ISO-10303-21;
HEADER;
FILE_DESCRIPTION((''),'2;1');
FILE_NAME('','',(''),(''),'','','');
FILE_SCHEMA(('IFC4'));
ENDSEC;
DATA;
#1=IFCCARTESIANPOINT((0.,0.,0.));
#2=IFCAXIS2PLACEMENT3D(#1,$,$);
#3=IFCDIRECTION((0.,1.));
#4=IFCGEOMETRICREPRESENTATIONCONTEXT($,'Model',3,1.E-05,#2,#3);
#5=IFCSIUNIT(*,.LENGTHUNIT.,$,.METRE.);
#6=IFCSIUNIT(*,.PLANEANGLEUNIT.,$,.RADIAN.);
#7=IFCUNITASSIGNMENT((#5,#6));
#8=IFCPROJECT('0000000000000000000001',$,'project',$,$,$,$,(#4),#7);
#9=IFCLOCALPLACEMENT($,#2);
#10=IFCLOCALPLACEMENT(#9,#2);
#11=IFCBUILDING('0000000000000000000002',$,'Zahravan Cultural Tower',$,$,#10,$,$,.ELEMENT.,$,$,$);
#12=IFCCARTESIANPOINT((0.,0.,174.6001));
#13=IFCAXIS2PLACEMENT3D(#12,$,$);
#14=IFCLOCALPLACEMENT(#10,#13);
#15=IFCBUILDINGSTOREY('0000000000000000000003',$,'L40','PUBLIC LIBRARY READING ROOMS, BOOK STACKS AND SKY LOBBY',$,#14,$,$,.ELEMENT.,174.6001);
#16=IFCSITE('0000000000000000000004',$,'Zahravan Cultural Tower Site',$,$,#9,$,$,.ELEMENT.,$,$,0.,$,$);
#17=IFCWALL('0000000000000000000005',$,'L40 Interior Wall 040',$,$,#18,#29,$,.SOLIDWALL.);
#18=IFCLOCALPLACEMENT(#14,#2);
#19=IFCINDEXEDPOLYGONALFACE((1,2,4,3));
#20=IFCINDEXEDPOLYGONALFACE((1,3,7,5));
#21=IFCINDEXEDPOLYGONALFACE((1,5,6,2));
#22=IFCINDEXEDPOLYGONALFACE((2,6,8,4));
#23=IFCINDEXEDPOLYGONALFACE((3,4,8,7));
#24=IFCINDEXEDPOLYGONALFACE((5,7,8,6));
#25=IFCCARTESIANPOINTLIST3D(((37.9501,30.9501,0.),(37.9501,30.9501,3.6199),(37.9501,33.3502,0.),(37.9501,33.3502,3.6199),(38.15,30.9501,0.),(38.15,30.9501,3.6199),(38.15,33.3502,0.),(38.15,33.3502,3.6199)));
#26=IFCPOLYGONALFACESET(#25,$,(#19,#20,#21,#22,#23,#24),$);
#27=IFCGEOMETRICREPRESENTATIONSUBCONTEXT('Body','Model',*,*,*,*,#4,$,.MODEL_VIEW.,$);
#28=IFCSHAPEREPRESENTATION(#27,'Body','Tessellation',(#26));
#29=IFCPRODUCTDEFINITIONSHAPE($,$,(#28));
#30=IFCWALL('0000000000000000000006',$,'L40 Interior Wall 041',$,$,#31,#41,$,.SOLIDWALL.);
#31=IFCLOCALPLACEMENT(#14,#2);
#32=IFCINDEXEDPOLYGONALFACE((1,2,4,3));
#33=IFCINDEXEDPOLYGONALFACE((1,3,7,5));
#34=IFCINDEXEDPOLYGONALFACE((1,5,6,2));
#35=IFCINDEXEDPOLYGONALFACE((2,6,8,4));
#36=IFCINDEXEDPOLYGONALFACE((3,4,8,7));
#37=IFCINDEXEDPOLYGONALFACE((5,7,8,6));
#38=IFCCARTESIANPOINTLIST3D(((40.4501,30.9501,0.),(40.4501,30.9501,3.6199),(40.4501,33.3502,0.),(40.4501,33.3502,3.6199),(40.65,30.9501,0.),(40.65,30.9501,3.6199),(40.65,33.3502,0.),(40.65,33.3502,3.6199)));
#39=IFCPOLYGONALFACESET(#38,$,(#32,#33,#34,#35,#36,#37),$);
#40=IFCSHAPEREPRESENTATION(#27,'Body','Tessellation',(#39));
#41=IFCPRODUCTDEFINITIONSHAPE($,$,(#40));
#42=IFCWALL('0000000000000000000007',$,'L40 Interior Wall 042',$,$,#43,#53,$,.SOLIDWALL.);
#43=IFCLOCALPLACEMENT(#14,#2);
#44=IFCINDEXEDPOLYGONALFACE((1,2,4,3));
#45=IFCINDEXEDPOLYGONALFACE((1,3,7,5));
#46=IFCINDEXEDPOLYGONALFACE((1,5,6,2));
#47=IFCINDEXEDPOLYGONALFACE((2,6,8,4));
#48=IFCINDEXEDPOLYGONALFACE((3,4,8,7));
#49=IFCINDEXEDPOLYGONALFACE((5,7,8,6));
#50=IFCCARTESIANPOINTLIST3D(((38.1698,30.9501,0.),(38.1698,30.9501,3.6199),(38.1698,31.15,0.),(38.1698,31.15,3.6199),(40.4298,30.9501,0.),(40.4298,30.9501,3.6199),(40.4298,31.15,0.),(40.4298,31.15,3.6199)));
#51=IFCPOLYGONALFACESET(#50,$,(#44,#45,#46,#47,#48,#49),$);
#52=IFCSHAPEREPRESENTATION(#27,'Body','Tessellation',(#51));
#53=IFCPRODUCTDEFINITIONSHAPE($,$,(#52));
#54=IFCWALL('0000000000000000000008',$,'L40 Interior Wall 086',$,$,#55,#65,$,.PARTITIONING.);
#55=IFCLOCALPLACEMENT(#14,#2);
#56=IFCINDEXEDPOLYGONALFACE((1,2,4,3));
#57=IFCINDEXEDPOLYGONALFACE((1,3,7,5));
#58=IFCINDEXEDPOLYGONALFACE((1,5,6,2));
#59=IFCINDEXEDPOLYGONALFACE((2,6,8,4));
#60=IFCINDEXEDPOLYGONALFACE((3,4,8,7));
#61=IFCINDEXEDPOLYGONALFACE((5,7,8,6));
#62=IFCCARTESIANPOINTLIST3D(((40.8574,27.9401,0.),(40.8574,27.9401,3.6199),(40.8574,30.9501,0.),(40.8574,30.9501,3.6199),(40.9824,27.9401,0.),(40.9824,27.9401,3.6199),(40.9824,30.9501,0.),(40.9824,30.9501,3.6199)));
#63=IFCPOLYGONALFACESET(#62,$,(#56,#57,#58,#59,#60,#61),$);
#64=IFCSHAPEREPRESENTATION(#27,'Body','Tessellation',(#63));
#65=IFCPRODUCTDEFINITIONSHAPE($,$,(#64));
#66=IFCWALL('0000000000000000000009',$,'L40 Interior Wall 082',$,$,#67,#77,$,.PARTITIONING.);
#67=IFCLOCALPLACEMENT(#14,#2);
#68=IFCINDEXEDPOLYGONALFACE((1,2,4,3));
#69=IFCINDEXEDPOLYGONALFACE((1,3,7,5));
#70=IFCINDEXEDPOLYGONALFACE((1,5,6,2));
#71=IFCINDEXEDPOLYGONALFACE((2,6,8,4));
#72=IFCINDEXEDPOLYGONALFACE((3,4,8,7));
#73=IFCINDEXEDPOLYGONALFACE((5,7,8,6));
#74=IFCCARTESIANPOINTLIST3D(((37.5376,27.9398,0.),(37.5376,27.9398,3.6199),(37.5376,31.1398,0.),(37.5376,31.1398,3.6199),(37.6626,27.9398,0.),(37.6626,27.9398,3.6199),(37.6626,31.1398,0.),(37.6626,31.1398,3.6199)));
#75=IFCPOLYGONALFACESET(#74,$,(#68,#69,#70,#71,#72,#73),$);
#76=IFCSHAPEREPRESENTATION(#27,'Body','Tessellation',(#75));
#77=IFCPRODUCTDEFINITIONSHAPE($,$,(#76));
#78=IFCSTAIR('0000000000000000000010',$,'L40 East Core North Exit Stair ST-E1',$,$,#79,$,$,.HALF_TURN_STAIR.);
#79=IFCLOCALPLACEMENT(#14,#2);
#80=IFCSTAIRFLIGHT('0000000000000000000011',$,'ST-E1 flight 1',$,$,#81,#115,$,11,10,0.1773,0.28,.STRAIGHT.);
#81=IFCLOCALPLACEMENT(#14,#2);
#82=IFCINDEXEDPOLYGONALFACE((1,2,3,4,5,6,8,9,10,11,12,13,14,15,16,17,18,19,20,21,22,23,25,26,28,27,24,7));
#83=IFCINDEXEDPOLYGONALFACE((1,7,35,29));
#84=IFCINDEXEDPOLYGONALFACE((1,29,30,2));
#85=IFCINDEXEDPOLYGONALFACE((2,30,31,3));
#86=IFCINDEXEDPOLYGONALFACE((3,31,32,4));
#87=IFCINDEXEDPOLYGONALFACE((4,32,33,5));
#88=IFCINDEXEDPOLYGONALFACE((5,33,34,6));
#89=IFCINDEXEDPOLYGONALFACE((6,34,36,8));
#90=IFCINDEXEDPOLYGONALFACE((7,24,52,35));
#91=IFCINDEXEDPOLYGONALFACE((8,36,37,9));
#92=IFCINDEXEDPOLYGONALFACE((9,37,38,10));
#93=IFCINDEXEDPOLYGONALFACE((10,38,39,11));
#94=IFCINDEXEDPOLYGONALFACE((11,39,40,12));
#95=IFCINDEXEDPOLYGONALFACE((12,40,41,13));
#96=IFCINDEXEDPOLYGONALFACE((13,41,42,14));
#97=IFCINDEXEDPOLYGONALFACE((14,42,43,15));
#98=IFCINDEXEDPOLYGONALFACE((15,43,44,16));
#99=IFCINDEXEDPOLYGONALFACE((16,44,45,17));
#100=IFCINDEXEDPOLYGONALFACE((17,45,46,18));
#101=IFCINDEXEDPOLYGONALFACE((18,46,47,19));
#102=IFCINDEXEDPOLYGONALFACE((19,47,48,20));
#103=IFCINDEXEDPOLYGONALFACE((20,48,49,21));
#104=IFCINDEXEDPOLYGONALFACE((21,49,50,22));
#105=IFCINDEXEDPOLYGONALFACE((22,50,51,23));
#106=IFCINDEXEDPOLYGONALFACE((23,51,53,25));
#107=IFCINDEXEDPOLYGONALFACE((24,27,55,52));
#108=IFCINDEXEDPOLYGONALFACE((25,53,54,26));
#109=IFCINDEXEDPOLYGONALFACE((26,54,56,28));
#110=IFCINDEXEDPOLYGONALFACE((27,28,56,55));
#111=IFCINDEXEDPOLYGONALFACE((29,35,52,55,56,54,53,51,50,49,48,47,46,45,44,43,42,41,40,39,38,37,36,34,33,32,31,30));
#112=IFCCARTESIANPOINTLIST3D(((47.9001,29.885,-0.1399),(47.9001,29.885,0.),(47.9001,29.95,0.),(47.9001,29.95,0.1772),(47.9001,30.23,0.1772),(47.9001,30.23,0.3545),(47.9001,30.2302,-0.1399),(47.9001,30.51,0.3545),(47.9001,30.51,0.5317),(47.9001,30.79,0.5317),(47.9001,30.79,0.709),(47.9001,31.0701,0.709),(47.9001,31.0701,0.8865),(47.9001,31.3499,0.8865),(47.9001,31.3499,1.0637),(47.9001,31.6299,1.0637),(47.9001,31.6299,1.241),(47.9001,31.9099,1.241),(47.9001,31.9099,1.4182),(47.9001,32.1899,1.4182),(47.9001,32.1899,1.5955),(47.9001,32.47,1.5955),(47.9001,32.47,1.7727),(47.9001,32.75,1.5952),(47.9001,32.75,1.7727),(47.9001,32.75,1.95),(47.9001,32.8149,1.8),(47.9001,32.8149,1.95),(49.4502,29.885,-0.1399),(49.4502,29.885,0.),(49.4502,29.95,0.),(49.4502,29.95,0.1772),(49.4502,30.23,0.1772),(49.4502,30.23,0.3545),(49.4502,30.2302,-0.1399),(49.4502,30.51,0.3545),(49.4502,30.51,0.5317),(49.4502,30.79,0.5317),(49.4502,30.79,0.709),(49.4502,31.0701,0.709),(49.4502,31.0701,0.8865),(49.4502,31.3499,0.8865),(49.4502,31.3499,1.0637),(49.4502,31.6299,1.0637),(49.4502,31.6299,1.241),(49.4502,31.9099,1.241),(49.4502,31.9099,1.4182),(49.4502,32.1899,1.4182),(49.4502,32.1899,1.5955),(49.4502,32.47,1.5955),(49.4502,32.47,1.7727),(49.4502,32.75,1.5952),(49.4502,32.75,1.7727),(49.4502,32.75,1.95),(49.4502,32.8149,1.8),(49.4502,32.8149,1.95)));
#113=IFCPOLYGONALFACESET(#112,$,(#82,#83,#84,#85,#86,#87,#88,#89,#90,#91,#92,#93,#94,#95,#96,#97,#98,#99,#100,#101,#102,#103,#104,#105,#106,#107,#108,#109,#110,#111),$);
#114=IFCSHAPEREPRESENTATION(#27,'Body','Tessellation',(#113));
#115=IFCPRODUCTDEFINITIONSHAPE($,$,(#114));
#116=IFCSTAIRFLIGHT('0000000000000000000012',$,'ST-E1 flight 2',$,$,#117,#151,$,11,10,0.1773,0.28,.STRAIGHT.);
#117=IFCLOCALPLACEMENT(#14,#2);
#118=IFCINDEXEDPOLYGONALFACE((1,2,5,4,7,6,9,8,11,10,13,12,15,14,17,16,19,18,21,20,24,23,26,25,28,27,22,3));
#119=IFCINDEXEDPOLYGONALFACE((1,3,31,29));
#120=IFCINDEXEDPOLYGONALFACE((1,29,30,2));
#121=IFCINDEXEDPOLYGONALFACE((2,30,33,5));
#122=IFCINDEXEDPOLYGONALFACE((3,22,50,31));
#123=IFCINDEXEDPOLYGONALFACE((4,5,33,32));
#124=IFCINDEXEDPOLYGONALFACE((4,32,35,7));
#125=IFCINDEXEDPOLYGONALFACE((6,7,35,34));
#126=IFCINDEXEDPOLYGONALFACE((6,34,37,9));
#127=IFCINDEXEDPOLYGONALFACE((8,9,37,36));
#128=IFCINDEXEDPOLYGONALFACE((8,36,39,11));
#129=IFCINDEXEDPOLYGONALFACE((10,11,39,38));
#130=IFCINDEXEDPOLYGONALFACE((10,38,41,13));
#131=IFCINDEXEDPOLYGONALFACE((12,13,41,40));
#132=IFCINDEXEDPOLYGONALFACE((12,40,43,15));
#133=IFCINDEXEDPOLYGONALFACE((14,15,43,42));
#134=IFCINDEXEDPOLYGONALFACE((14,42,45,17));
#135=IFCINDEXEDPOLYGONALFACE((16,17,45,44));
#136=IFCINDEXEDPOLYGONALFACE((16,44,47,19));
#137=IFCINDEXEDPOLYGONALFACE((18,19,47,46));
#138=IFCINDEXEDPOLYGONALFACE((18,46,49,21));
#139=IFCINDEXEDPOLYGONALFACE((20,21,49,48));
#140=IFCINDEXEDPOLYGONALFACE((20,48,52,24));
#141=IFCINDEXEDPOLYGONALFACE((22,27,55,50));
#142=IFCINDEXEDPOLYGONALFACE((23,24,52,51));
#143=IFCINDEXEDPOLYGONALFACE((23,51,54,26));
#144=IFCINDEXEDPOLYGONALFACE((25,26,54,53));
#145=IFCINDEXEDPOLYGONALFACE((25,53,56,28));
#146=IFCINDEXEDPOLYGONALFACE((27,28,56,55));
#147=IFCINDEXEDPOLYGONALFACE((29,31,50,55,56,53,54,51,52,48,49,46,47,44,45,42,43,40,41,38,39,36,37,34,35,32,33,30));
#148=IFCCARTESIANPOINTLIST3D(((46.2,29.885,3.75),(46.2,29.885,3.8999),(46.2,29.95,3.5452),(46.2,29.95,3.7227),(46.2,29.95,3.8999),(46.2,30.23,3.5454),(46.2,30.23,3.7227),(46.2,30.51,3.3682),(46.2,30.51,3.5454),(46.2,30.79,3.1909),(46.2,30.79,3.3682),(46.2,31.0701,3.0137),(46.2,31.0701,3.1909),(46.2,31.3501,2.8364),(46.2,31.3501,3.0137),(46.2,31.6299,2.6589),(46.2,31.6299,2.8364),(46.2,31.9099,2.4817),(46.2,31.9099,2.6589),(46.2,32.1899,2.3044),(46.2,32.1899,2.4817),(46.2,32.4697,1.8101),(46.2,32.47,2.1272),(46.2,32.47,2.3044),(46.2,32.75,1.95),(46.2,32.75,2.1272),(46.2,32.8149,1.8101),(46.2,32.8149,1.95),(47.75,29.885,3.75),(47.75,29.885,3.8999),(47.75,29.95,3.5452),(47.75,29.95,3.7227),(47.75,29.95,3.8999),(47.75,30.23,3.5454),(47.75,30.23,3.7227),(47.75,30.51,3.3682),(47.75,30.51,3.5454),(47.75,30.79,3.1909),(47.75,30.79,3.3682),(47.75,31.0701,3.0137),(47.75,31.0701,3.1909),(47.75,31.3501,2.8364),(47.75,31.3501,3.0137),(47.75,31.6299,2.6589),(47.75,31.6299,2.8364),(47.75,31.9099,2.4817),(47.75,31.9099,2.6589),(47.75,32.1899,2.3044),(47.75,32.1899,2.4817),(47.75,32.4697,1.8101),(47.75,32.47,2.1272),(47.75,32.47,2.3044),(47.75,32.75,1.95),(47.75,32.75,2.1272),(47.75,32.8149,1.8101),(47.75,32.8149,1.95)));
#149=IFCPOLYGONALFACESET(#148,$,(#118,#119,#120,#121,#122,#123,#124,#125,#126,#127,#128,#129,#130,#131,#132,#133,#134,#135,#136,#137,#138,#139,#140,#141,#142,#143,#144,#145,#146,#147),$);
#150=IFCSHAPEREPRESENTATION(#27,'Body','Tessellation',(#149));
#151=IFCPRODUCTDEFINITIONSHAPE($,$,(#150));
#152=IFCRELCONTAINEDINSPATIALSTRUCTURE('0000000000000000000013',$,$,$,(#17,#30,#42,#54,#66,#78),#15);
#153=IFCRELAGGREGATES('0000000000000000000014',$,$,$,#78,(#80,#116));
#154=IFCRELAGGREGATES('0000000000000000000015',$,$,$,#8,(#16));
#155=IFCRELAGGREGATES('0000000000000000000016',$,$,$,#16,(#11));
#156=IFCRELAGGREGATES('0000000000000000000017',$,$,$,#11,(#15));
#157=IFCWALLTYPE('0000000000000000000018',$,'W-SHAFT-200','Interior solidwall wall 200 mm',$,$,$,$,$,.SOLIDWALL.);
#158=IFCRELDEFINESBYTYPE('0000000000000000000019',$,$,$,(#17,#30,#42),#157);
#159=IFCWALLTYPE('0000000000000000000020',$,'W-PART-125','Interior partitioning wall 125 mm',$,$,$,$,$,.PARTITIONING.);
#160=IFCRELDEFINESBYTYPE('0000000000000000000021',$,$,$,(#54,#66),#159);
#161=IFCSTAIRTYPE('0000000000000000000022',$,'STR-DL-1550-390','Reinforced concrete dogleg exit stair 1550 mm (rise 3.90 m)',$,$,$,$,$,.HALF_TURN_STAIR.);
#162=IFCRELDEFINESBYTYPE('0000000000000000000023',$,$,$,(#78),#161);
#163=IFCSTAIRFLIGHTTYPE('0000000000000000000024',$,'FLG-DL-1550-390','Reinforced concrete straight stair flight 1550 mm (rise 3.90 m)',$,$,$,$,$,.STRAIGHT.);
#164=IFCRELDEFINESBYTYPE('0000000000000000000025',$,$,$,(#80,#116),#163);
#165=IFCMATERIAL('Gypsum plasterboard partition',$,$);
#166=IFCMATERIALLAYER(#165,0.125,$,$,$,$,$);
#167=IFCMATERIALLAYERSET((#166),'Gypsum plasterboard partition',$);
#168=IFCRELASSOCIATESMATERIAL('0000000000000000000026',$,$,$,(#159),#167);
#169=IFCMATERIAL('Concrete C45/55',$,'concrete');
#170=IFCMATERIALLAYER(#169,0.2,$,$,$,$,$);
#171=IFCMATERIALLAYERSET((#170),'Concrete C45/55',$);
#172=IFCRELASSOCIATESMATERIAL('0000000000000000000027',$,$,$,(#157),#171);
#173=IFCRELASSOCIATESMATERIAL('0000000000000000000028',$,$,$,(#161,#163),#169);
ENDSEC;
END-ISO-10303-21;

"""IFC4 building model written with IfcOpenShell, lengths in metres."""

from ifc_helpers import new_model, si_unit, direction, frame, frame_2d, origin, place, context, subcontext, project, spatial, polyline, rectangle, outline, extrude, source, transform, mapped, material, layer, layer_set, type_object, element, aggregate, save


model = new_model("IFC4")

# Units and contexts
model_context = context("Model", 3, precision=1e-05, world=origin(), true_north=direction((0.0, 1.0)))
body_context = subcontext(model_context, "Body", "Model", "MODEL_VIEW")
ifc_project = project(units=[si_unit("LENGTHUNIT", "METRE"), si_unit("PLANEANGLEUNIT", "RADIAN")], contexts=[model_context])

# Site, building, storey
site_placement = place(None, origin())
site = spatial("IfcSite", under=ifc_project, at=site_placement, Name="Zahravan Cultural Tower Site", CompositionType="ELEMENT", RefElevation=0.0)
building_placement = place(site_placement, origin())
building = spatial("IfcBuilding", under=site, at=building_placement, Name="Zahravan Cultural Tower", CompositionType="ELEMENT")
storey_placement = place(building_placement, frame((0.0, 0.0, 174.6001)))
storey = spatial("IfcBuildingStorey", under=building, at=storey_placement, Name="L40", Description="PUBLIC LIBRARY READING ROOMS, BOOK STACKS AND SKY LOBBY", CompositionType="ELEMENT", Elevation=174.6001)

# Shared definitions
ifc_material_1 = material(Name="Gypsum plasterboard partition")
ifc_layer_1 = layer(ifc_material_1, 0.125)
ifc_layer_set_1 = layer_set([ifc_layer_1], Name="Gypsum plasterboard partition")
wall_type_1 = type_object("IfcWallType", Name="W-PART-125", Description="Interior partitioning wall 125 mm", PredefinedType="PARTITIONING", material=ifc_layer_set_1)
ifc_material_2 = material(Name="Concrete C45/55", Category="concrete")
ifc_layer_2 = layer(ifc_material_2, 0.2)
ifc_layer_set_2 = layer_set([ifc_layer_2], Name="Concrete C45/55")
wall_type_2 = type_object("IfcWallType", Name="W-SHAFT-200", Description="Interior solidwall wall 200 mm", PredefinedType="SOLIDWALL", material=ifc_layer_set_2)

# Walls
shared_shape_1 = source(origin(), body_context, "Body", "SweptSolid", [
    extrude(rectangle(XDim=2.4001, YDim=0.2, at=frame_2d((1.2002, 0.0))), origin(), (0.0, 0.0, 1.0), 3.6199),
])
for number, where, z_axis, x_axis, name in (
    (1, (38.05, 30.95, 0.0), (0.0, 0.0, 1.0), (0.0, 1.0, 0.0), "L40 Interior Wall 040"),
    (2, (40.55, 30.95, 0.0), (0.0, 0.0, 1.0), (0.0, 1.0, 0.0), "L40 Interior Wall 041"),
):
    element("IfcWall", number, at=place(storey_placement, frame(where, z_axis=z_axis, x_axis=x_axis)), inside=storey, type_object=wall_type_2, Name=name, PredefinedType="SOLIDWALL", context=body_context, shape_type="MappedRepresentation", body=[
        mapped(shared_shape_1, transform((0.0, 0.0, 0.0), x_axis=(1.0, 0.0, 0.0), y_axis=(0.0, 1.0, 0.0), z_axis=(0.0, 0.0, 1.0), scale=1.0)),
    ])
shared_shape_2 = source(origin(), body_context, "Body", "SweptSolid", [
    extrude(rectangle(XDim=2.26, YDim=0.2, at=frame_2d((1.1299, 0.0))), origin(), (0.0, 0.0, 1.0), 3.6199),
])
wall_1_placement = place(storey_placement, frame((38.1699, 31.05, 0.0), z_axis=(0.0, 0.0, 1.0), x_axis=(1.0, 0.0, 0.0)))
element("IfcWall", 3, at=wall_1_placement, inside=storey, type_object=wall_type_2, Name="L40 Interior Wall 042", PredefinedType="SOLIDWALL", context=body_context, shape_type="MappedRepresentation", body=[
    mapped(shared_shape_2, transform((0.0, 0.0, 0.0), x_axis=(1.0, 0.0, 0.0), y_axis=(0.0, 1.0, 0.0), z_axis=(0.0, 0.0, 1.0), scale=1.0)),
])
shared_shape_3 = source(origin(), body_context, "Body", "SweptSolid", [
    extrude(rectangle(XDim=3.01, YDim=0.125, at=frame_2d((1.5049, 0.0))), origin(), (0.0, 0.0, 1.0), 3.6199),
])
wall_2_placement = place(storey_placement, frame((40.9199, 30.95, 0.0), z_axis=(0.0, 0.0, 1.0), x_axis=(0.0, -1.0, 0.0)))
element("IfcWall", 4, at=wall_2_placement, inside=storey, type_object=wall_type_1, Name="L40 Interior Wall 086", PredefinedType="PARTITIONING", context=body_context, shape_type="MappedRepresentation", body=[
    mapped(shared_shape_3, transform((0.0, 0.0, 0.0), x_axis=(1.0, 0.0, 0.0), y_axis=(0.0, 1.0, 0.0), z_axis=(0.0, 0.0, 1.0), scale=1.0)),
])
shared_shape_4 = source(origin(), body_context, "Body", "SweptSolid", [
    extrude(rectangle(XDim=3.2, YDim=0.125, at=frame_2d((1.6001, 0.0))), origin(), (0.0, 0.0, 1.0), 3.6199),
])
wall_3_placement = place(storey_placement, frame((37.6001, 31.1399, 0.0), z_axis=(0.0, 0.0, 1.0), x_axis=(0.0, -1.0, 0.0)))
element("IfcWall", 5, at=wall_3_placement, inside=storey, type_object=wall_type_1, Name="L40 Interior Wall 082", PredefinedType="PARTITIONING", context=body_context, shape_type="MappedRepresentation", body=[
    mapped(shared_shape_4, transform((0.0, 0.0, 0.0), x_axis=(1.0, 0.0, 0.0), y_axis=(0.0, 1.0, 0.0), z_axis=(0.0, 0.0, 1.0), scale=1.0)),
])

# Stair, stair flights
stair_type = type_object("IfcStairType", Name="STR-DL-1550-390", Description="Reinforced concrete dogleg exit stair 1550 mm (rise 3.90 m)", PredefinedType="HALF_TURN_STAIR", material=ifc_material_2)
stair_placement = place(storey_placement, origin())
stair = element("IfcStair", 6, at=stair_placement, inside=storey, type_object=stair_type, Name="L40 East Core North Exit Stair ST-E1", PredefinedType="HALF_TURN_STAIR")
stair_flight_type = type_object("IfcStairFlightType", Name="FLG-DL-1550-390", Description="Reinforced concrete straight stair flight 1550 mm (rise 3.90 m)", PredefinedType="STRAIGHT", material=ifc_material_2)
stair_flight_1_placement = place(storey_placement, frame((48.675, 29.95, 0.0), z_axis=(0.0, 0.0, 1.0), x_axis=(0.0, 1.0, 0.0)))
stair_flight_1 = element("IfcStairFlight", 7, at=stair_flight_1_placement, type_object=stair_flight_type, Name="ST-E1 flight 1", NumberOfRisers=11, NumberOfTreads=10, PredefinedType="STRAIGHT", RiserHeight=0.1773, TreadLength=0.28, context=body_context, shape_type="SweptSolid", body=[
    extrude(outline(polyline([(-0.0649, -0.1399), (-0.0649, 0.0), (0.0, 0.0), (0.0, 0.1772), (0.28, 0.1772), (0.28, 0.3545), (0.5601, 0.3545), (0.5601, 0.5317), (0.8401, 0.5317), (0.8401, 0.709), (1.1201, 0.709), (1.1201, 0.8865), (1.3999, 0.8865), (1.3999, 1.0637), (1.6799, 1.0637), (1.6799, 1.241), (1.96, 1.241), (1.96, 1.4182), (2.24, 1.4182), (2.24, 1.5955), (2.52, 1.5955), (2.52, 1.7727), (2.8, 1.7727), (2.8, 1.95), (2.865, 1.95), (2.865, 1.8), (2.8, 1.5952), (0.2803, -0.1399), (-0.0649, -0.1399)])), frame((0.0, 0.7749, 0.0), z_axis=(0.0, -1.0, 0.0), x_axis=(1.0, 0.0, 0.0)), (0.0, 0.0, 1.0), 1.55),
])
stair_flight_2_placement = place(storey_placement, frame((46.9751, 32.75, 1.95), z_axis=(0.0, 0.0, 1.0), x_axis=(0.0, -1.0, 0.0)))
stair_flight_2 = element("IfcStairFlight", 8, at=stair_flight_2_placement, type_object=stair_flight_type, Name="ST-E1 flight 2", NumberOfRisers=11, NumberOfTreads=10, PredefinedType="STRAIGHT", RiserHeight=0.1773, TreadLength=0.28, context=body_context, shape_type="SweptSolid", body=[
    extrude(outline(polyline([(-0.0649, -0.1399), (-0.0649, 0.0), (0.0, 0.0), (0.0, 0.1772), (0.28, 0.1772), (0.28, 0.3545), (0.5601, 0.3545), (0.5601, 0.5317), (0.8401, 0.5317), (0.8401, 0.709), (1.1201, 0.709), (1.1201, 0.8865), (1.3999, 0.8865), (1.3999, 1.0637), (1.6799, 1.0637), (1.6799, 1.241), (1.96, 1.241), (1.96, 1.4182), (2.24, 1.4182), (2.24, 1.5955), (2.52, 1.5955), (2.52, 1.7727), (2.8, 1.7727), (2.8, 1.95), (2.865, 1.95), (2.865, 1.8), (2.8, 1.5952), (0.2803, -0.1399), (-0.0649, -0.1399)])), frame((0.0, 0.7749, 0.0), z_axis=(0.0, -1.0, 0.0), x_axis=(1.0, 0.0, 0.0)), (0.0, 0.0, 1.0), 1.55),
])
aggregate(stair, [stair_flight_1, stair_flight_2])

save(model, "model.ifc")
